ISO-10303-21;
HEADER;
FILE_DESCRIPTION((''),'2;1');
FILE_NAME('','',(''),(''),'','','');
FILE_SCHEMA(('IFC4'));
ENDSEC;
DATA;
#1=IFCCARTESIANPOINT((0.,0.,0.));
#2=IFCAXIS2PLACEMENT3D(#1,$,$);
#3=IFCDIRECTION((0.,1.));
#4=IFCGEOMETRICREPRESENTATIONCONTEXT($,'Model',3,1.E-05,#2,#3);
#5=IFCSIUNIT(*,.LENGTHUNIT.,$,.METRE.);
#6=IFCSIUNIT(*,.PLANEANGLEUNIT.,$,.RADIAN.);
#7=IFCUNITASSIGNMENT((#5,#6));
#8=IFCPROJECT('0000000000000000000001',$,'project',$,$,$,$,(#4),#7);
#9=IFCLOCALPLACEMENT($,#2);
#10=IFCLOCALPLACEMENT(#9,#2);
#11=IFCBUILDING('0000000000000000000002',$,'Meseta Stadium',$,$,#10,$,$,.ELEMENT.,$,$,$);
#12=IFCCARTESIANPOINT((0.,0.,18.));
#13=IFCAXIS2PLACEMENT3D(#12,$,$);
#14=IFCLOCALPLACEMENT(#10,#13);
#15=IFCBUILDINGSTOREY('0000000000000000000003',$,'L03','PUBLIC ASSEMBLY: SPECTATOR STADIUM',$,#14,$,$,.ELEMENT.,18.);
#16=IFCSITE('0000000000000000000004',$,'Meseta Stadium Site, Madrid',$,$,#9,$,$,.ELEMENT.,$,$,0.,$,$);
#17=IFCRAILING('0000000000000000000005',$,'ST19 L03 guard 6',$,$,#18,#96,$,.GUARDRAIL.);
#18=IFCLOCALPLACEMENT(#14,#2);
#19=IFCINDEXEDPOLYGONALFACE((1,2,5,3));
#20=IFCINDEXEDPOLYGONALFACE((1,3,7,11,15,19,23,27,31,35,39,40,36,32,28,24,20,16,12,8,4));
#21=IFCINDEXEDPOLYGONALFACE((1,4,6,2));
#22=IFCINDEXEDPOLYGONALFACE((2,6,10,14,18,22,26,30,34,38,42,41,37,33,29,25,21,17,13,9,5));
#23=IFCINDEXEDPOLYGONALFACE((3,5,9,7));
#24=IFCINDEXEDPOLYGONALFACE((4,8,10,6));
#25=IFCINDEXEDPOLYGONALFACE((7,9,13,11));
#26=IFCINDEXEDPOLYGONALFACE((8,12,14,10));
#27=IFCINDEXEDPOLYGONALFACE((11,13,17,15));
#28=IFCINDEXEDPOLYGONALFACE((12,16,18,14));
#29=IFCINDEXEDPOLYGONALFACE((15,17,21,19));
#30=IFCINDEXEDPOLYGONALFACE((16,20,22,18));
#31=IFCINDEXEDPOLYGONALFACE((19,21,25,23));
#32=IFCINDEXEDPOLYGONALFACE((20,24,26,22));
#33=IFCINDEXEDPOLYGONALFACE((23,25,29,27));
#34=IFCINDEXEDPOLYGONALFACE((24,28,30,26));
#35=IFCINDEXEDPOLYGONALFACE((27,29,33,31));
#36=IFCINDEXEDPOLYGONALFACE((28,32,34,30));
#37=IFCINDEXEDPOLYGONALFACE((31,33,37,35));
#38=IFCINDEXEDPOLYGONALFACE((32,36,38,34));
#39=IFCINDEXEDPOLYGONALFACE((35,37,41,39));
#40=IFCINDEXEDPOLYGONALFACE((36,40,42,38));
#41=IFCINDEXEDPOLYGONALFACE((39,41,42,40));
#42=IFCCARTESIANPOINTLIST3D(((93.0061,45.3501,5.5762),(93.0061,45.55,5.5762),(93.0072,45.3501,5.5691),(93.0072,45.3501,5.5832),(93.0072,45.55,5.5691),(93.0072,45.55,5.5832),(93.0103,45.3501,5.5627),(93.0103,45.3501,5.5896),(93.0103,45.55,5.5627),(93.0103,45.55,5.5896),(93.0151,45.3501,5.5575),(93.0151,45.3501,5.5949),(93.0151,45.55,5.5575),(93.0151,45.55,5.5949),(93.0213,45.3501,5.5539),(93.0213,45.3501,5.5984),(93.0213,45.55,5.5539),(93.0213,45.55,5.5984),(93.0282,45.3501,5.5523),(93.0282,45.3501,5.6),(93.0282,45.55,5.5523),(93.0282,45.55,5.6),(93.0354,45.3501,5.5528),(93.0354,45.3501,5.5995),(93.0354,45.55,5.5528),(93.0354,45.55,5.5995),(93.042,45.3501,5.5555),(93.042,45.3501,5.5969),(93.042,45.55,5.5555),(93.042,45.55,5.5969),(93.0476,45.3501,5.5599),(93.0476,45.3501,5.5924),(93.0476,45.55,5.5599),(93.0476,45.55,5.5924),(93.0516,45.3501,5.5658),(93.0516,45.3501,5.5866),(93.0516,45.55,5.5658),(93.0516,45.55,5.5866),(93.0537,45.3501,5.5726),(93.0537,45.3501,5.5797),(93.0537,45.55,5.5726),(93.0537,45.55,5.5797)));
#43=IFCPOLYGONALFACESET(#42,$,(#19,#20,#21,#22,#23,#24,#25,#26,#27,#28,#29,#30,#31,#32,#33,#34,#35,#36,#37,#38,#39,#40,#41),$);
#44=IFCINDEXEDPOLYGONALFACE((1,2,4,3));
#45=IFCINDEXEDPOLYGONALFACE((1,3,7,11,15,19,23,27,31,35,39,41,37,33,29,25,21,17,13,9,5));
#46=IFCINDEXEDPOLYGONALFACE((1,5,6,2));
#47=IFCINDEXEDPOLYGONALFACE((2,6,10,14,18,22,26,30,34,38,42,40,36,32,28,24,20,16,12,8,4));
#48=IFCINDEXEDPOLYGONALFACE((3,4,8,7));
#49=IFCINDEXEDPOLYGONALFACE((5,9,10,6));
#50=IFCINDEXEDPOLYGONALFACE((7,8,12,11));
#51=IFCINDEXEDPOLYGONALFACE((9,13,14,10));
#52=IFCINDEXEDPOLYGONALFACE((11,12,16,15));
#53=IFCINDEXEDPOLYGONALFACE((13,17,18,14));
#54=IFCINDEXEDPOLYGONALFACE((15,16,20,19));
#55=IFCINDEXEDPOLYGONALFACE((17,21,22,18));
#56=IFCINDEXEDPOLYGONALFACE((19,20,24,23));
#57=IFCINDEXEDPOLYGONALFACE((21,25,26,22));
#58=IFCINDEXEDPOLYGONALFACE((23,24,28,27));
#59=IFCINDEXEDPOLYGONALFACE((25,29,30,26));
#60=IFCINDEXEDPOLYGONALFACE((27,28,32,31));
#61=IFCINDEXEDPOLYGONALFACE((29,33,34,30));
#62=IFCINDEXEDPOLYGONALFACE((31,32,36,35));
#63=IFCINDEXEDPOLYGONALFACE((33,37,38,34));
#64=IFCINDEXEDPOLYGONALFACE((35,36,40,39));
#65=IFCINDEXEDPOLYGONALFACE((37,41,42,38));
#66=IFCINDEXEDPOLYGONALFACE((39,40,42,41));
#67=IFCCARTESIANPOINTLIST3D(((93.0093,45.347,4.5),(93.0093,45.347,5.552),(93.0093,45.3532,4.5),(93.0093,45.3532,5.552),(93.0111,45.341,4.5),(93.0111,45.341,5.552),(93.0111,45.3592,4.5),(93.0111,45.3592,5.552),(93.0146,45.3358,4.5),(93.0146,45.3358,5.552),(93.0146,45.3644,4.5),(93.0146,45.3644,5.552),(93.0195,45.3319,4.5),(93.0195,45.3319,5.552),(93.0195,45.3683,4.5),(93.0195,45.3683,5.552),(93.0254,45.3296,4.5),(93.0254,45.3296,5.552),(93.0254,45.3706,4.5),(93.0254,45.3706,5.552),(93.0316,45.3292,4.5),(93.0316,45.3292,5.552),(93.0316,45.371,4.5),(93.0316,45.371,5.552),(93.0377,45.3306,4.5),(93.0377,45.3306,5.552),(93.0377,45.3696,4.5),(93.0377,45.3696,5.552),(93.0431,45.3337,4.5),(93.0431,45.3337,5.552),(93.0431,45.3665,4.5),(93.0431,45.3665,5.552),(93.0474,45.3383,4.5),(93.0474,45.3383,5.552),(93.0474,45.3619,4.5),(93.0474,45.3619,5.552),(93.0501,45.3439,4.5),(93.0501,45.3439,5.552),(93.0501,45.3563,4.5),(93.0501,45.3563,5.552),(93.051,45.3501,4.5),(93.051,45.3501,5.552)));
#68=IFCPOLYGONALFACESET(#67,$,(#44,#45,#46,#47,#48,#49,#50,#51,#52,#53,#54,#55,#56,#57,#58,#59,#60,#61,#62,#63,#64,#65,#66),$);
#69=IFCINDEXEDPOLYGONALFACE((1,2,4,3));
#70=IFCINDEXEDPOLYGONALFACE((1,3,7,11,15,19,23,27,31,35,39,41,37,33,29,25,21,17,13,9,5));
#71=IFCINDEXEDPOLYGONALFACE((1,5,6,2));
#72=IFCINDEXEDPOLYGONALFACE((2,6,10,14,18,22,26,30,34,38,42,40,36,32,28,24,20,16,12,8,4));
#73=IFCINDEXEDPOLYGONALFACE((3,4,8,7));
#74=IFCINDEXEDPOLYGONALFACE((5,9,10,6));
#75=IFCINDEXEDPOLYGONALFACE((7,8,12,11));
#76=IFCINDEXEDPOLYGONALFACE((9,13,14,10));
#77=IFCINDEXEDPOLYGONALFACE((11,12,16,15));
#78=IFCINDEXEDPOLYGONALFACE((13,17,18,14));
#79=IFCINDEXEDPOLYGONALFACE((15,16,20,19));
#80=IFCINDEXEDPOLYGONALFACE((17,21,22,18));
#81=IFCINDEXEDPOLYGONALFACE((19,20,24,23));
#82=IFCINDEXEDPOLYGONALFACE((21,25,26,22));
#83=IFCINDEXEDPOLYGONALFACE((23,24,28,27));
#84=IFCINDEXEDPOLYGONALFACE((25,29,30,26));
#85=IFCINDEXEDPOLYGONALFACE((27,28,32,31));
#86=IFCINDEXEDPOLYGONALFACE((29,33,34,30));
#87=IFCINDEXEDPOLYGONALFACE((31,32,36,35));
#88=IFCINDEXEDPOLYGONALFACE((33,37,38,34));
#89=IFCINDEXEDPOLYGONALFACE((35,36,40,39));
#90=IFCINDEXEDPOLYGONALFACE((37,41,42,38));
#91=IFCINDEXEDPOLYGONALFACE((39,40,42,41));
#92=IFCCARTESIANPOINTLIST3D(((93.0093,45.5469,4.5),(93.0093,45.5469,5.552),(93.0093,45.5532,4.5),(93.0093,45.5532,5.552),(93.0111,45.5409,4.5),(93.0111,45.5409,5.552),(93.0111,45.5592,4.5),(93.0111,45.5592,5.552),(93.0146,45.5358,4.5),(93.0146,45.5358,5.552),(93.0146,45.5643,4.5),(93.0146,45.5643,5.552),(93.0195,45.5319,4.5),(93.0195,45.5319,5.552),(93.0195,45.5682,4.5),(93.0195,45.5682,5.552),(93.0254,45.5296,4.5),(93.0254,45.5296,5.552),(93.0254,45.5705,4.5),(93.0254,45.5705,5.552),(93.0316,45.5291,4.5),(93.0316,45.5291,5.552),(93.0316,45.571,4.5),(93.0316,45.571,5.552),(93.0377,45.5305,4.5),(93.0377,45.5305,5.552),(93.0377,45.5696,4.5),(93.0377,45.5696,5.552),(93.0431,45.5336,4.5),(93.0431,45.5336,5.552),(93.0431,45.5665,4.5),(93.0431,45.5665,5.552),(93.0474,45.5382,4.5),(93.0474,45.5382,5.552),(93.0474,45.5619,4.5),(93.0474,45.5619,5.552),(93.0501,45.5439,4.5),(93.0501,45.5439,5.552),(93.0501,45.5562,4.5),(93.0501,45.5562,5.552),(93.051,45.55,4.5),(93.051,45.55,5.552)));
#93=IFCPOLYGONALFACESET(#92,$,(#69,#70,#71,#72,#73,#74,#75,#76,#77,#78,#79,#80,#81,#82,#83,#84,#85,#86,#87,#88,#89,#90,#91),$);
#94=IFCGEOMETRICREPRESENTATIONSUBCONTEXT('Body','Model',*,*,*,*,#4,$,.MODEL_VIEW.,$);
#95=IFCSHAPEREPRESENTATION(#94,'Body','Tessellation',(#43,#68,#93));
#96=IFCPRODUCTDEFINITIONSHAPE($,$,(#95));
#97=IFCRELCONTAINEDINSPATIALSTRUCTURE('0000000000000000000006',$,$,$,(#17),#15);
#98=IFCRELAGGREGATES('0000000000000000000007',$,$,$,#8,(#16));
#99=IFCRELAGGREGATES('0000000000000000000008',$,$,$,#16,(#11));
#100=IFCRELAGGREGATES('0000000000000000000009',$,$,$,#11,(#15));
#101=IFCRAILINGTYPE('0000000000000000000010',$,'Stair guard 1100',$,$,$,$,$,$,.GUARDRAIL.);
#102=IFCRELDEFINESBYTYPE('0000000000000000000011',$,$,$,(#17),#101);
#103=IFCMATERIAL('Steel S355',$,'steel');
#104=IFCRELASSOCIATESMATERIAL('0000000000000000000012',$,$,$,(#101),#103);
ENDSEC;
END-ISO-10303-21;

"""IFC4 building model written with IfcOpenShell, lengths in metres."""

from ifc_helpers import new_model, si_unit, direction, frame, origin, origin_2d, place, context, subcontext, project, spatial, circle, extrude, material, type_object, element, save


model = new_model("IFC4")

# Units and contexts
model_context = context("Model", 3, precision=1e-05, world=origin(), true_north=direction((0.0, 1.0)))
body_context = subcontext(model_context, "Body", "Model", "MODEL_VIEW")
ifc_project = project(units=[si_unit("LENGTHUNIT", "METRE"), si_unit("PLANEANGLEUNIT", "RADIAN")], contexts=[model_context])

# Site, building, storey
site_placement = place(None, origin())
site = spatial("IfcSite", under=ifc_project, at=site_placement, Name="Meseta Stadium Site, Madrid", CompositionType="ELEMENT", RefElevation=0.0)
building_placement = place(site_placement, origin())
building = spatial("IfcBuilding", under=site, at=building_placement, Name="Meseta Stadium", CompositionType="ELEMENT")
storey_placement = place(building_placement, frame((0.0, 0.0, 18.0)))
storey = spatial("IfcBuildingStorey", under=building, at=storey_placement, Name="L03", Description="PUBLIC ASSEMBLY: SPECTATOR STADIUM", CompositionType="ELEMENT", Elevation=18.0)

# Railing
ifc_material_1 = material(Name="Steel S355", Category="steel")
railing_type_1 = type_object("IfcRailingType", Name="Stair guard 1100", PredefinedType="GUARDRAIL", material=ifc_material_1)
railing_1_placement = place(storey_placement, frame((93.03, 45.3501, 4.5)))
element("IfcRailing", 1, at=railing_1_placement, inside=storey, type_object=railing_type_1, Name="ST19 L03 guard 6", PredefinedType="GUARDRAIL", context=body_context, shape_type="SweptSolid", body=[
    extrude(circle(Radius=0.0239, at=origin_2d()), frame((0.0, 0.0, 1.0762), z_axis=(0.0, 1.0, 0.0), x_axis=(-1.0, 0.0, 0.0)), (0.0, 0.0, 1.0), 0.2),
    extrude(circle(Radius=0.021, at=origin_2d()), origin(), (0.0, 0.0, 1.0), 1.052),
    extrude(circle(Radius=0.021, at=origin_2d()), frame((0.0, 0.2, 0.0)), (0.0, 0.0, 1.0), 1.052),
])

save(model, "model.ifc")
